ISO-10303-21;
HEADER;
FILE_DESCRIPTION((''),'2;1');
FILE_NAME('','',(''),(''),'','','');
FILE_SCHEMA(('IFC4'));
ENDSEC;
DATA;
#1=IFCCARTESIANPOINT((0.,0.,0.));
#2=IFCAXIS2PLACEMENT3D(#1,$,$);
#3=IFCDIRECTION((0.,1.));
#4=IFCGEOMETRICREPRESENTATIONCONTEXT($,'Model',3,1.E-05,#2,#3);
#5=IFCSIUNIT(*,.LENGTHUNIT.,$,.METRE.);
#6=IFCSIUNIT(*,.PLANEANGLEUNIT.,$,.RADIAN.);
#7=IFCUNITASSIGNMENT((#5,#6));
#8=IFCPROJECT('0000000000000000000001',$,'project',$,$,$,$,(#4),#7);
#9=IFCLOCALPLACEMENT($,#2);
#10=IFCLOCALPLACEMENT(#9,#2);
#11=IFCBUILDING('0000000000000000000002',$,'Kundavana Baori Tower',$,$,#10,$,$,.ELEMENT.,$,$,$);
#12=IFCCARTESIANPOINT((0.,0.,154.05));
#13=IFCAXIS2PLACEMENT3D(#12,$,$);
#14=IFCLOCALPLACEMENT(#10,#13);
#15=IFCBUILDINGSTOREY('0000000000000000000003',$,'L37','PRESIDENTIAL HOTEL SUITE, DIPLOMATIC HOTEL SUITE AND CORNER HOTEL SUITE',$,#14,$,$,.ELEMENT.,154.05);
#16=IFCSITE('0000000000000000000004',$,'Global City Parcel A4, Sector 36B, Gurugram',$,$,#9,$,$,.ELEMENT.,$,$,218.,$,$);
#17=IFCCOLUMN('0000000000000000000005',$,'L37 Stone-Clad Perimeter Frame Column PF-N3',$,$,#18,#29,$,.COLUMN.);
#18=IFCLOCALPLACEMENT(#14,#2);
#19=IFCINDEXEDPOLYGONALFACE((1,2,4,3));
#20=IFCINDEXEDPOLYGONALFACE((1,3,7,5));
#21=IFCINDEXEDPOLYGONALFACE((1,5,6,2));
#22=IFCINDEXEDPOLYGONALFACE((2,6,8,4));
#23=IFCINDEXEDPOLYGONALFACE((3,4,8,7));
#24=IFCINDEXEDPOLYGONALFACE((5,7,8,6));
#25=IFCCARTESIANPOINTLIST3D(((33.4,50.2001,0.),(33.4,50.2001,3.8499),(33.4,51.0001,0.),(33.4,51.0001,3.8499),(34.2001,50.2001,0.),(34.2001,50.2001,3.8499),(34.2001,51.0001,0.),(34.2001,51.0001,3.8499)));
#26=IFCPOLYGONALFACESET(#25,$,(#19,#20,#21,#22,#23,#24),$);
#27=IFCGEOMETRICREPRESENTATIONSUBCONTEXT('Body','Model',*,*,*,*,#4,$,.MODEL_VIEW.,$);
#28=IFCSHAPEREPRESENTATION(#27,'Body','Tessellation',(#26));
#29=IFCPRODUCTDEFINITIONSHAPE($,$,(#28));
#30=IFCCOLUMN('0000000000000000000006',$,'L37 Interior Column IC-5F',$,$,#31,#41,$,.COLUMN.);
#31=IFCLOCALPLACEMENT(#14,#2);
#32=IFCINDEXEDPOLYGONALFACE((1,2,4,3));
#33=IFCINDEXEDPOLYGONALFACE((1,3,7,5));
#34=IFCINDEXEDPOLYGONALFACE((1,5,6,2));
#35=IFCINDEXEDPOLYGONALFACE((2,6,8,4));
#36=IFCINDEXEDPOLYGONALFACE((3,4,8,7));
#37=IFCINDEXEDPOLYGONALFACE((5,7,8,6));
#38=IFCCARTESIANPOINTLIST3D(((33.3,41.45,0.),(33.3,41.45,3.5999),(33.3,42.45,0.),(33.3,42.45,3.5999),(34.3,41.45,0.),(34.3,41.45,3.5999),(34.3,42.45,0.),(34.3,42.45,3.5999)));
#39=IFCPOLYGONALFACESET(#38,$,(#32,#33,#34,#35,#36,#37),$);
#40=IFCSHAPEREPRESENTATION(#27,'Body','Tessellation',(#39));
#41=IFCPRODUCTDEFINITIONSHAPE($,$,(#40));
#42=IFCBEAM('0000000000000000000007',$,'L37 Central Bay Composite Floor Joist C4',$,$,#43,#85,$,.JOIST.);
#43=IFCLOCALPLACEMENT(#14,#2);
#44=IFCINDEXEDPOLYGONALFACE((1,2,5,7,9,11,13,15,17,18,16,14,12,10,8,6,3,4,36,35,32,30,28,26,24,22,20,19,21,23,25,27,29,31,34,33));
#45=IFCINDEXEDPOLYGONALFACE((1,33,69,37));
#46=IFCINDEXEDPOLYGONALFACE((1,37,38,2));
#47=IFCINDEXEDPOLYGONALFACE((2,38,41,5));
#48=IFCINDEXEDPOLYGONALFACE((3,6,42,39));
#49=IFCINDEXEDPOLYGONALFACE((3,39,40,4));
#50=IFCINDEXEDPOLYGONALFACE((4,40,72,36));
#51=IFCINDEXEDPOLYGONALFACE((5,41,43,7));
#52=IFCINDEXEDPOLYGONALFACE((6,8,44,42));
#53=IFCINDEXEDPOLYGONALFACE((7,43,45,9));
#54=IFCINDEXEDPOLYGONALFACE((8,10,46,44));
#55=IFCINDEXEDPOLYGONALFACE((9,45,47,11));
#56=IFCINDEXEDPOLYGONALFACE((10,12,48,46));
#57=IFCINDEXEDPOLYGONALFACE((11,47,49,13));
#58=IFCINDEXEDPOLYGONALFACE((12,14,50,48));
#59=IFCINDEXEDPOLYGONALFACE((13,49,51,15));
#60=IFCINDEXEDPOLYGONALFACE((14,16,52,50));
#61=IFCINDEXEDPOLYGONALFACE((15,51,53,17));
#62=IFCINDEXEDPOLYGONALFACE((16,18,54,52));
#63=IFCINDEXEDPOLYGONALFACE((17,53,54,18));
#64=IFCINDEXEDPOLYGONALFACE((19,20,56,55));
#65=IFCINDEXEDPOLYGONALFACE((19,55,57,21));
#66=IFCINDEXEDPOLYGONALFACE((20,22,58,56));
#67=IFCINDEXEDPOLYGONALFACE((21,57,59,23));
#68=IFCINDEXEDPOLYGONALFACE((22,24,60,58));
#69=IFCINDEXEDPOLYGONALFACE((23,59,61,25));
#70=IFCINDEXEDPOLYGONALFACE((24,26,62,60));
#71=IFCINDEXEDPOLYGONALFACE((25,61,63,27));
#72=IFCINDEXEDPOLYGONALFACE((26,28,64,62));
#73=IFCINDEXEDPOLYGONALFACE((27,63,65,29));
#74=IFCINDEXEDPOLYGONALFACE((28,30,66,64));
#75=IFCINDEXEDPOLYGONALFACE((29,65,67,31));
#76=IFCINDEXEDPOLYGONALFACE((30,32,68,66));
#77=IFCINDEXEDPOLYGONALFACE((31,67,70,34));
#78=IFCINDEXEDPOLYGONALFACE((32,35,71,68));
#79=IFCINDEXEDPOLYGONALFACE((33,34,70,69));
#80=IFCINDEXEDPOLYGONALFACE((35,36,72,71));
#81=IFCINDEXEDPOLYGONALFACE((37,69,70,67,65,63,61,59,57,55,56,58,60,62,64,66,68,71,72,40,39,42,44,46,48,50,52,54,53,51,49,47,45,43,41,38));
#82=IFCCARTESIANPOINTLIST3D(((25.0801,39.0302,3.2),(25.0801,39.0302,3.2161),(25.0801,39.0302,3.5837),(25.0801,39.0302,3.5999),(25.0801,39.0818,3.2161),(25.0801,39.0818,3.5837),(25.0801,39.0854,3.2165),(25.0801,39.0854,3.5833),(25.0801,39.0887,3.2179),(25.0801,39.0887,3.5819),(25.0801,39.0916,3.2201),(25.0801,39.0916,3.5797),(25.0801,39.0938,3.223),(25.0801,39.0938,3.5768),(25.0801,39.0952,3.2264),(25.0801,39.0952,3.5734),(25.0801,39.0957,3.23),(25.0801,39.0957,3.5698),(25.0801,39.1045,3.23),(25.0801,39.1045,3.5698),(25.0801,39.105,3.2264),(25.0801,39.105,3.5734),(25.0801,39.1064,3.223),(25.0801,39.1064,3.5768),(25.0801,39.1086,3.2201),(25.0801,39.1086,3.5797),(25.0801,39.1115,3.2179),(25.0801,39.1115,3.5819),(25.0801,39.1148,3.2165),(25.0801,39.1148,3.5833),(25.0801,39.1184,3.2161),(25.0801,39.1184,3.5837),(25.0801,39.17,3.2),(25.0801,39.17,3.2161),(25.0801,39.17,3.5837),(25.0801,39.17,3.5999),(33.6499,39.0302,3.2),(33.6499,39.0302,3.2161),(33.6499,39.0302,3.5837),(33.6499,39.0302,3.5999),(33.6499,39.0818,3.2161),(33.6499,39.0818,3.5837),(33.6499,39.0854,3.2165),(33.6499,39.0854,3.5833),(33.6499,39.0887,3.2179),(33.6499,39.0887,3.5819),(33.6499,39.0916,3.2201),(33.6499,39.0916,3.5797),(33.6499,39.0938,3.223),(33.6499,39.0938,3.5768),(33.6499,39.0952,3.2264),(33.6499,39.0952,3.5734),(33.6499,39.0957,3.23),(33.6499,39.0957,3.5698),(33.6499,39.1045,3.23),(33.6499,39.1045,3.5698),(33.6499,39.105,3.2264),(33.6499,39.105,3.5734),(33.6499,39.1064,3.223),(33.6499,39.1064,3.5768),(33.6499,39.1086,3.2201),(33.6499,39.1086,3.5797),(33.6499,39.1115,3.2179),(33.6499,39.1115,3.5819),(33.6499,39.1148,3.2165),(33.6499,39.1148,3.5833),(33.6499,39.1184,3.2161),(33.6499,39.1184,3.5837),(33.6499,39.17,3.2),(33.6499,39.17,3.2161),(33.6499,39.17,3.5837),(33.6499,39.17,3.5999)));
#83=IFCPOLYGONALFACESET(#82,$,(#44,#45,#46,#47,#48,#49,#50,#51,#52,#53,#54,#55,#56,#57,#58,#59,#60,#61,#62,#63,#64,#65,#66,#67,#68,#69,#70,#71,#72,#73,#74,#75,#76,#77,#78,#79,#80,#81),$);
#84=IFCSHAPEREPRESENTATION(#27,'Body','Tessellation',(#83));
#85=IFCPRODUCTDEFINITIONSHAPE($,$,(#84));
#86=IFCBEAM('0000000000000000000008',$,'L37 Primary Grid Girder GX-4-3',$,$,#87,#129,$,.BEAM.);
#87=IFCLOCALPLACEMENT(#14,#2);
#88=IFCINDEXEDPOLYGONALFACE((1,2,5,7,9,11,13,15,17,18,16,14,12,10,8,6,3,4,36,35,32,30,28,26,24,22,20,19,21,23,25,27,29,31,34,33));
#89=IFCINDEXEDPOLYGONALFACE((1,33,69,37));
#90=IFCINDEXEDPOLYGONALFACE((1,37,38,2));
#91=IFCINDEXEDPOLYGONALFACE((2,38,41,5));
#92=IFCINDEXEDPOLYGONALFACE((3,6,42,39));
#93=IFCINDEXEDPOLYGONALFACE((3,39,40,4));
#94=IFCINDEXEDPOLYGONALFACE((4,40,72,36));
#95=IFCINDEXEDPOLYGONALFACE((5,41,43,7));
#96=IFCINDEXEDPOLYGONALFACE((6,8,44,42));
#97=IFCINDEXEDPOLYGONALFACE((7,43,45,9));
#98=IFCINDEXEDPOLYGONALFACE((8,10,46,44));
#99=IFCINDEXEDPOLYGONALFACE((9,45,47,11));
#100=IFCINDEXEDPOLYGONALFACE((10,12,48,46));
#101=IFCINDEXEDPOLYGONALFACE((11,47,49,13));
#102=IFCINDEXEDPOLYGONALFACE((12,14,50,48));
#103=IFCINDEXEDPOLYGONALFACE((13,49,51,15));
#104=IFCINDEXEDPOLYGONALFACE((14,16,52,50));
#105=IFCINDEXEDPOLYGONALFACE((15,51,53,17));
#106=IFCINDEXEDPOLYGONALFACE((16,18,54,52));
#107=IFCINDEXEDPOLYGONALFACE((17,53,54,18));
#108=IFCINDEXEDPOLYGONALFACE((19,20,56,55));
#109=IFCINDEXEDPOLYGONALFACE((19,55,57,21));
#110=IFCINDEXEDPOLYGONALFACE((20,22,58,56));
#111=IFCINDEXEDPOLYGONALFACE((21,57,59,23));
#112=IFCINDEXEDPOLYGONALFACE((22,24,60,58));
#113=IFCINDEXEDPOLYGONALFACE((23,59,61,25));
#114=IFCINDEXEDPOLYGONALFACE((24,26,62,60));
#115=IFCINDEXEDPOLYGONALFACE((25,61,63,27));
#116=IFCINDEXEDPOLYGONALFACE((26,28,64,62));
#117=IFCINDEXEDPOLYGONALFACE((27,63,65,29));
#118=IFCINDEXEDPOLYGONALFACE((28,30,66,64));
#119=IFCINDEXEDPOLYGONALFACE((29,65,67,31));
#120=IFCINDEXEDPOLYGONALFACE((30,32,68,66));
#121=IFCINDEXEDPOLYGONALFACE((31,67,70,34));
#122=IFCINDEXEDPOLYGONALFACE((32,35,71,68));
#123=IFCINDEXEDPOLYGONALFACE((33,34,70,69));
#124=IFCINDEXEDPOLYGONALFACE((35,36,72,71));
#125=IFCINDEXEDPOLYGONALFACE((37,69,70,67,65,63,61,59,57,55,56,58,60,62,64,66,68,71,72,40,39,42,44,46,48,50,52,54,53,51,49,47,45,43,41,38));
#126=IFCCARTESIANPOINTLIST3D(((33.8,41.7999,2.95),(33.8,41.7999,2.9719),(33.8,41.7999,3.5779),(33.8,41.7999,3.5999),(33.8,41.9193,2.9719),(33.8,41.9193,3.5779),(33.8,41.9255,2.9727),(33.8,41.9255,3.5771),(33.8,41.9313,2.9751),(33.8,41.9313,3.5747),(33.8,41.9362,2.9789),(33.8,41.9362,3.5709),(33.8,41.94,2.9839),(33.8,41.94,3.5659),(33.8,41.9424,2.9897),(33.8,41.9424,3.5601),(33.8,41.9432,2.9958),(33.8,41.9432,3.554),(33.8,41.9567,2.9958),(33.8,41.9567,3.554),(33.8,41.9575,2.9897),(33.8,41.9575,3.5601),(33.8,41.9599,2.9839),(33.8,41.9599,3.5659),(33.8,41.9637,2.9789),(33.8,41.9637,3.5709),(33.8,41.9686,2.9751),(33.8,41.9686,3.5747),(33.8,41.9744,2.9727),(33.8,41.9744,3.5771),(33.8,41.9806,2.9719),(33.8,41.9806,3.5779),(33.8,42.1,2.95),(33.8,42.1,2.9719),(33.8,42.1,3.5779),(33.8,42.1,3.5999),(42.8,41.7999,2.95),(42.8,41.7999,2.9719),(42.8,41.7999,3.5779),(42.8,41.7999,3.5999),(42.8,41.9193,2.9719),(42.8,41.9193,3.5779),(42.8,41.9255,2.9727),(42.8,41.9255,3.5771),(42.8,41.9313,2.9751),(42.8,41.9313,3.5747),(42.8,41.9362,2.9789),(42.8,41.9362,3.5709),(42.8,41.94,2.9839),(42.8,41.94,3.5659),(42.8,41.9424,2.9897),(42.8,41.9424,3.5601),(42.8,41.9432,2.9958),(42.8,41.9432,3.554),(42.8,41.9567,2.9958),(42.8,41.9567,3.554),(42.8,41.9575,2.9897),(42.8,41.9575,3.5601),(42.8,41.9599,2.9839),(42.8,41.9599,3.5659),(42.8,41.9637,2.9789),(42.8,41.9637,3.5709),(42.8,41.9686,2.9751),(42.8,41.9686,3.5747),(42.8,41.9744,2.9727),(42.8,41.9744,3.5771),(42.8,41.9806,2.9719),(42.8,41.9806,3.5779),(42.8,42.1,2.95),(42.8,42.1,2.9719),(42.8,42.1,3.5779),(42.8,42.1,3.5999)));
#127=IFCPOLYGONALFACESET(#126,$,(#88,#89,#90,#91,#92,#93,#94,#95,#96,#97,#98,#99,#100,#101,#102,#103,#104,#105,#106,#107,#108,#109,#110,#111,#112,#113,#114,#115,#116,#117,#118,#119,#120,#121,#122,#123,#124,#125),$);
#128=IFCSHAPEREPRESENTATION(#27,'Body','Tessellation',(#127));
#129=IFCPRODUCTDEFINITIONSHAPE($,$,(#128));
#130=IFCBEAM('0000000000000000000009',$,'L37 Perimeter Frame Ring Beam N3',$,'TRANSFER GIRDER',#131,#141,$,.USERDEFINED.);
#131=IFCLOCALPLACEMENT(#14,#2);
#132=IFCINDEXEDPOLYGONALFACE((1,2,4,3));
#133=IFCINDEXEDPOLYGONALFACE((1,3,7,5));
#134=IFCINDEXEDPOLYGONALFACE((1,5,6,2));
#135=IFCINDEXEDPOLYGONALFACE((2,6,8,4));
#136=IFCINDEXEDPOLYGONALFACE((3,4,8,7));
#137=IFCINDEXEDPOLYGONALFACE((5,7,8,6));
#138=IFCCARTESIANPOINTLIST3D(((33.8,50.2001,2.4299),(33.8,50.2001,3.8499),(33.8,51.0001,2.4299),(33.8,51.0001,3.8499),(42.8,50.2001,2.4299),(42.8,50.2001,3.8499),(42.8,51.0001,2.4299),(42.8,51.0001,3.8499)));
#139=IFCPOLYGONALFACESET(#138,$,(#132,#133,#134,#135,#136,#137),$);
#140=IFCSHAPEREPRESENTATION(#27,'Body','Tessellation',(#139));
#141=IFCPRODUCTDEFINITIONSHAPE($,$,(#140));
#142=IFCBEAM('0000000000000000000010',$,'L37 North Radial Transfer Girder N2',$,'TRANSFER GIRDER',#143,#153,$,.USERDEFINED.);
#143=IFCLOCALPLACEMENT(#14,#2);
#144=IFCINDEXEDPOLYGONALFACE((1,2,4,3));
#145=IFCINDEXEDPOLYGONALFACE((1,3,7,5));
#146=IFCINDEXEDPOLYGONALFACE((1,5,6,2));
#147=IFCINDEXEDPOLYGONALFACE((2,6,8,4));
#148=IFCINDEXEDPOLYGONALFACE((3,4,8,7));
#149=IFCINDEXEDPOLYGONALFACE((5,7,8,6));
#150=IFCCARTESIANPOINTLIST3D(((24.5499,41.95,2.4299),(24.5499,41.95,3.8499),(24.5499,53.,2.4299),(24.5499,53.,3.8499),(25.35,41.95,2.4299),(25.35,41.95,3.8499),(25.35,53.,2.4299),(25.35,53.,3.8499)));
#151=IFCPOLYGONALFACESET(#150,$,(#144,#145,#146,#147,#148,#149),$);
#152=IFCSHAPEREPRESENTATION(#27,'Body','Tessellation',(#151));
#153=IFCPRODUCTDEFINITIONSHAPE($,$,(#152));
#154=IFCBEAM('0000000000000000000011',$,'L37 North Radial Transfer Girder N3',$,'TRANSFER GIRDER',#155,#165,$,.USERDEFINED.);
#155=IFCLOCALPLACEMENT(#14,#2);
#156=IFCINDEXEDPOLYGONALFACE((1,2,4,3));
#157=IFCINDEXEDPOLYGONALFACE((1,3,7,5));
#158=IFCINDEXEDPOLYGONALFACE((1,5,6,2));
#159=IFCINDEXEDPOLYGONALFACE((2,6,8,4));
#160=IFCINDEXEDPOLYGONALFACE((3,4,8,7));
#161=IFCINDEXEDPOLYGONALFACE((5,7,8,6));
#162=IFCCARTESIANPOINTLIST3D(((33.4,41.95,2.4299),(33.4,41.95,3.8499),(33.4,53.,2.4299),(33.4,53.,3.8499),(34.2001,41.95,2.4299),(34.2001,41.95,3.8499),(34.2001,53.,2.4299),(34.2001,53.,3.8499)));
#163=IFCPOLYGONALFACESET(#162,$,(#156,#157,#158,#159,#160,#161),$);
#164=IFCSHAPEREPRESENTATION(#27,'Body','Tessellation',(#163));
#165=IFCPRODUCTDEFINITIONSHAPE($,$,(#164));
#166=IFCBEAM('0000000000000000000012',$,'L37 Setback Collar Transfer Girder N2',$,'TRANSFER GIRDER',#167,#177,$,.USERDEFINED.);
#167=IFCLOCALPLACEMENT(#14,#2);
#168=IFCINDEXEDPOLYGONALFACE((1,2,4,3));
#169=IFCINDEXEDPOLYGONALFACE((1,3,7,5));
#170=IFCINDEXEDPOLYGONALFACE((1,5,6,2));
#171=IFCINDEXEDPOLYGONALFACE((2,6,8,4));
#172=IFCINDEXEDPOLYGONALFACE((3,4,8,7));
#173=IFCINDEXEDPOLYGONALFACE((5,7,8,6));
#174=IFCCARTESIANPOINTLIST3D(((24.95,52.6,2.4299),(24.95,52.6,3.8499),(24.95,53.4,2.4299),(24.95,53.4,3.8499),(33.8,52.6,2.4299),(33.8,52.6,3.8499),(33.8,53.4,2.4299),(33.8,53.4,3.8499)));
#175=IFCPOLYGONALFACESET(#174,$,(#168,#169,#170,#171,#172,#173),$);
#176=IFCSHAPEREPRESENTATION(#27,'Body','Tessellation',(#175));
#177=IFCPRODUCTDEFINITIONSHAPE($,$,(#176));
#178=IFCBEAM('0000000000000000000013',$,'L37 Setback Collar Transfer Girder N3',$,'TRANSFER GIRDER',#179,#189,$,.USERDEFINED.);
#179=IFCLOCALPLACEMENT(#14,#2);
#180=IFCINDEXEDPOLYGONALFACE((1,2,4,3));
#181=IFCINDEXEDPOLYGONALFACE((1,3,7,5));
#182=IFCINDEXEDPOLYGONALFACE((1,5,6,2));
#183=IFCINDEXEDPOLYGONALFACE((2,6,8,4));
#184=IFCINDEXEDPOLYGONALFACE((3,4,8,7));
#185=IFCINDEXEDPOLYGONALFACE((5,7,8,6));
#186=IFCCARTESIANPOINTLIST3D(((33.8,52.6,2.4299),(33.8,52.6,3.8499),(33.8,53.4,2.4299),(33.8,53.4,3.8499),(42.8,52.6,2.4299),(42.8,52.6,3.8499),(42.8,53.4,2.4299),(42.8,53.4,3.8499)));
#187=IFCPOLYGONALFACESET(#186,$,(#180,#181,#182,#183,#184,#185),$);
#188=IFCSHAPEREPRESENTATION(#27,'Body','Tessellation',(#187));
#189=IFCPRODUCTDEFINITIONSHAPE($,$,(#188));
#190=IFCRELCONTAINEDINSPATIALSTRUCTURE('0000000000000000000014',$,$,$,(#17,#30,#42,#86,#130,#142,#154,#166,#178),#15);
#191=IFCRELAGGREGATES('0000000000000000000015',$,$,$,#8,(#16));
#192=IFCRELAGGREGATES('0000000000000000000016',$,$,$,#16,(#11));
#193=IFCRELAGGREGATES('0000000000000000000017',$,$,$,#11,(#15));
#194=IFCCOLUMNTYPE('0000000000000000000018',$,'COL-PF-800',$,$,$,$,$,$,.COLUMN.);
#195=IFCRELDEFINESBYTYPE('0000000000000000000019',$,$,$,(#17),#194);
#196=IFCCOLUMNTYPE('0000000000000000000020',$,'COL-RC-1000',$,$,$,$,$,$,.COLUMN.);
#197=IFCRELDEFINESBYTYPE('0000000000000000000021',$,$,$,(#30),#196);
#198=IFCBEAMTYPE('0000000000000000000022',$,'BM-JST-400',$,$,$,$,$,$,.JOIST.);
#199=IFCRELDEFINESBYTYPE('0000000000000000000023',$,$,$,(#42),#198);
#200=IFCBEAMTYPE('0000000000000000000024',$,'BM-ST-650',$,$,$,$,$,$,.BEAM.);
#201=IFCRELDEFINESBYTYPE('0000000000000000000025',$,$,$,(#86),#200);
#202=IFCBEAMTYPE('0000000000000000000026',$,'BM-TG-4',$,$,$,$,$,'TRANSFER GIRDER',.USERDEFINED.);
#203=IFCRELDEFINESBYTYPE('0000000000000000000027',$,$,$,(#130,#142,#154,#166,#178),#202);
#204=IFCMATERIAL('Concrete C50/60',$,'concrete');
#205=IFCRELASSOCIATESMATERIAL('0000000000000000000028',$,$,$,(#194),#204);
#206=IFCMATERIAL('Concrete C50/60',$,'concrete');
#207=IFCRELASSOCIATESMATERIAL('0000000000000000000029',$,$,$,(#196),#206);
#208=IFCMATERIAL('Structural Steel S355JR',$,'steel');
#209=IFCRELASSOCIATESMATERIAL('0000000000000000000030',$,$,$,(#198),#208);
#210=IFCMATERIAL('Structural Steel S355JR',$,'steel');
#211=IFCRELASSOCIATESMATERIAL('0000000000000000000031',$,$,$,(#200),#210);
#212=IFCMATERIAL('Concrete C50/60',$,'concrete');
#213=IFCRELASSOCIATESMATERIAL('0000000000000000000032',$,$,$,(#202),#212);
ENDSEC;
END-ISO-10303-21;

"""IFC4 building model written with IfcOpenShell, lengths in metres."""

from ifc_helpers import new_model, si_unit, direction, frame, origin, origin_2d, place, context, subcontext, project, spatial, rectangle, i_section, extrude, material, material_profile, profile_set, type_object, element, save


model = new_model("IFC4")

# Units and contexts
model_context = context("Model", 3, precision=1e-05, world=origin(), true_north=direction((0.0, 1.0)))
body_context = subcontext(model_context, "Body", "Model", "MODEL_VIEW")
ifc_project = project(units=[si_unit("LENGTHUNIT", "METRE"), si_unit("PLANEANGLEUNIT", "RADIAN")], contexts=[model_context])

# Site, building, storey
site_placement = place(None, origin())
site = spatial("IfcSite", under=ifc_project, at=site_placement, Name="Global City Parcel A4, Sector 36B, Gurugram", CompositionType="ELEMENT", RefElevation=218.0)
building_placement = place(site_placement, origin())
building = spatial("IfcBuilding", under=site, at=building_placement, Name="Kundavana Baori Tower", CompositionType="ELEMENT")
storey_placement = place(building_placement, frame((0.0, 0.0, 154.05)))
storey = spatial("IfcBuildingStorey", under=building, at=storey_placement, Name="L37", Description="PRESIDENTIAL HOTEL SUITE, DIPLOMATIC HOTEL SUITE AND CORNER HOTEL SUITE", CompositionType="ELEMENT", Elevation=154.05)

# Columns
ifc_material_1 = material(Name="Concrete C50/60", Category="concrete")
ifc_material_profile_1 = material_profile(ifc_material_1, rectangle(XDim=0.8, YDim=0.8, at=origin_2d()), Name="RC PF 800x800")
ifc_profile_set_1 = profile_set([ifc_material_profile_1], Name="Concrete C50/60")
column_type_1 = type_object("IfcColumnType", Name="COL-PF-800", PredefinedType="COLUMN", material=ifc_profile_set_1)
column_1_placement = place(storey_placement, frame((33.8, 50.6001, 0.0), z_axis=(0.0, 0.0, 1.0), x_axis=(1.0, 0.0, 0.0)))
element("IfcColumn", 1, at=column_1_placement, inside=storey, type_object=column_type_1, Name="L37 Stone-Clad Perimeter Frame Column PF-N3", PredefinedType="COLUMN", context=body_context, shape_type="SweptSolid", body=[
    extrude(rectangle(XDim=0.8, YDim=0.8, at=origin_2d()), origin(), (0.0, 0.0, 1.0), 3.8499),
])
ifc_material_2 = material(Name="Concrete C50/60", Category="concrete")
ifc_material_profile_2 = material_profile(ifc_material_2, rectangle(XDim=1.0, YDim=1.0, at=origin_2d()), Name="RC 1000x1000")
ifc_profile_set_2 = profile_set([ifc_material_profile_2], Name="Concrete C50/60")
column_type_2 = type_object("IfcColumnType", Name="COL-RC-1000", PredefinedType="COLUMN", material=ifc_profile_set_2)
column_2_placement = place(storey_placement, frame((33.8, 41.95, 0.0), z_axis=(0.0, 0.0, 1.0), x_axis=(1.0, 0.0, 0.0)))
element("IfcColumn", 2, at=column_2_placement, inside=storey, type_object=column_type_2, Name="L37 Interior Column IC-5F", PredefinedType="COLUMN", context=body_context, shape_type="SweptSolid", body=[
    extrude(rectangle(XDim=1.0, YDim=1.0, at=origin_2d()), origin(), (0.0, 0.0, 1.0), 3.5999),
])

# Beams
ifc_material_3 = material(Name="Structural Steel S355JR", Category="steel")
ifc_material_profile_3 = material_profile(ifc_material_3, i_section(OverallWidth=0.1399, OverallDepth=0.3999, WebThickness=0.0088, FlangeThickness=0.0161, FilletRadius=0.0139, at=origin_2d()), Name="ISMB 400")
ifc_profile_set_3 = profile_set([ifc_material_profile_3], Name="Structural Steel S355JR")
beam_type_1 = type_object("IfcBeamType", Name="BM-JST-400", PredefinedType="JOIST", material=ifc_profile_set_3)
beam_1_placement = place(storey_placement, frame((25.0801, 39.1001, 3.3999), z_axis=(1.0, 0.0, 0.0), x_axis=(0.0, 1.0, 0.0)))
element("IfcBeam", 3, at=beam_1_placement, inside=storey, type_object=beam_type_1, Name="L37 Central Bay Composite Floor Joist C4", PredefinedType="JOIST", context=body_context, shape_type="SweptSolid", body=[
    extrude(i_section(OverallWidth=0.1399, OverallDepth=0.3999, WebThickness=0.0088, FlangeThickness=0.0161, FilletRadius=0.0139, at=origin_2d()), origin(), (0.0, 0.0, 1.0), 8.5698),
])
ifc_material_4 = material(Name="Structural Steel S355JR", Category="steel")
ifc_material_profile_4 = material_profile(ifc_material_4, i_section(OverallWidth=0.3, OverallDepth=0.6499, WebThickness=0.0134, FlangeThickness=0.022, FilletRadius=0.0239, at=origin_2d()), Name="NPB 650x300x155")
ifc_profile_set_4 = profile_set([ifc_material_profile_4], Name="Structural Steel S355JR")
beam_type_2 = type_object("IfcBeamType", Name="BM-ST-650", PredefinedType="BEAM", material=ifc_profile_set_4)
beam_2_placement = place(storey_placement, frame((33.8, 41.95, 3.2749), z_axis=(1.0, 0.0, 0.0), x_axis=(0.0, 1.0, 0.0)))
element("IfcBeam", 4, at=beam_2_placement, inside=storey, type_object=beam_type_2, Name="L37 Primary Grid Girder GX-4-3", PredefinedType="BEAM", context=body_context, shape_type="SweptSolid", body=[
    extrude(i_section(OverallWidth=0.3, OverallDepth=0.6499, WebThickness=0.0134, FlangeThickness=0.022, FilletRadius=0.0239, at=origin_2d()), origin(), (0.0, 0.0, 1.0), 9.0),
])
ifc_material_5 = material(Name="Concrete C50/60", Category="concrete")
ifc_material_profile_5 = material_profile(ifc_material_5, rectangle(XDim=0.8, YDim=1.4199, at=origin_2d()), Name="BM-TG-4")
ifc_profile_set_5 = profile_set([ifc_material_profile_5], Name="Concrete C50/60")
beam_type_3 = type_object("IfcBeamType", Name="BM-TG-4", ElementType="TRANSFER GIRDER", PredefinedType="USERDEFINED", material=ifc_profile_set_5)
beam_3_placement = place(storey_placement, frame((33.8, 50.6001, 3.1399), z_axis=(1.0, 0.0, 0.0), x_axis=(0.0, 1.0, 0.0)))
element("IfcBeam", 5, at=beam_3_placement, inside=storey, type_object=beam_type_3, Name="L37 Perimeter Frame Ring Beam N3", ObjectType="TRANSFER GIRDER", PredefinedType="USERDEFINED", context=body_context, shape_type="SweptSolid", body=[
    extrude(rectangle(XDim=0.8, YDim=1.4199, at=origin_2d()), origin(), (0.0, 0.0, 1.0), 9.0),
])
for number, where, z_axis, x_axis, name in (
    (6, (24.95, 41.95, 3.1399), (0.0, 1.0, 0.0), (-1.0, 0.0, 0.0), "L37 North Radial Transfer Girder N2"),
    (7, (33.8, 41.95, 3.1399), (0.0, 1.0, 0.0), (-1.0, 0.0, 0.0), "L37 North Radial Transfer Girder N3"),
):
    element("IfcBeam", number, at=place(storey_placement, frame(where, z_axis=z_axis, x_axis=x_axis)), inside=storey, type_object=beam_type_3, Name=name, ObjectType="TRANSFER GIRDER", PredefinedType="USERDEFINED", context=body_context, shape_type="SweptSolid", body=[
        extrude(rectangle(XDim=0.8, YDim=1.4199, at=origin_2d()), origin(), (0.0, 0.0, 1.0), 11.05),
    ])
beam_4_placement = place(storey_placement, frame((24.95, 53.0, 3.1399), z_axis=(1.0, 0.0, 0.0), x_axis=(0.0, 1.0, 0.0)))
element("IfcBeam", 8, at=beam_4_placement, inside=storey, type_object=beam_type_3, Name="L37 Setback Collar Transfer Girder N2", ObjectType="TRANSFER GIRDER", PredefinedType="USERDEFINED", context=body_context, shape_type="SweptSolid", body=[
    extrude(rectangle(XDim=0.8, YDim=1.4199, at=origin_2d()), origin(), (0.0, 0.0, 1.0), 8.8501),
])
beam_5_placement = place(storey_placement, frame((33.8, 53.0, 3.1399), z_axis=(1.0, 0.0, 0.0), x_axis=(0.0, 1.0, 0.0)))
element("IfcBeam", 9, at=beam_5_placement, inside=storey, type_object=beam_type_3, Name="L37 Setback Collar Transfer Girder N3", ObjectType="TRANSFER GIRDER", PredefinedType="USERDEFINED", context=body_context, shape_type="SweptSolid", body=[
    extrude(rectangle(XDim=0.8, YDim=1.4199, at=origin_2d()), origin(), (0.0, 0.0, 1.0), 9.0),
])

save(model, "model.ifc")
